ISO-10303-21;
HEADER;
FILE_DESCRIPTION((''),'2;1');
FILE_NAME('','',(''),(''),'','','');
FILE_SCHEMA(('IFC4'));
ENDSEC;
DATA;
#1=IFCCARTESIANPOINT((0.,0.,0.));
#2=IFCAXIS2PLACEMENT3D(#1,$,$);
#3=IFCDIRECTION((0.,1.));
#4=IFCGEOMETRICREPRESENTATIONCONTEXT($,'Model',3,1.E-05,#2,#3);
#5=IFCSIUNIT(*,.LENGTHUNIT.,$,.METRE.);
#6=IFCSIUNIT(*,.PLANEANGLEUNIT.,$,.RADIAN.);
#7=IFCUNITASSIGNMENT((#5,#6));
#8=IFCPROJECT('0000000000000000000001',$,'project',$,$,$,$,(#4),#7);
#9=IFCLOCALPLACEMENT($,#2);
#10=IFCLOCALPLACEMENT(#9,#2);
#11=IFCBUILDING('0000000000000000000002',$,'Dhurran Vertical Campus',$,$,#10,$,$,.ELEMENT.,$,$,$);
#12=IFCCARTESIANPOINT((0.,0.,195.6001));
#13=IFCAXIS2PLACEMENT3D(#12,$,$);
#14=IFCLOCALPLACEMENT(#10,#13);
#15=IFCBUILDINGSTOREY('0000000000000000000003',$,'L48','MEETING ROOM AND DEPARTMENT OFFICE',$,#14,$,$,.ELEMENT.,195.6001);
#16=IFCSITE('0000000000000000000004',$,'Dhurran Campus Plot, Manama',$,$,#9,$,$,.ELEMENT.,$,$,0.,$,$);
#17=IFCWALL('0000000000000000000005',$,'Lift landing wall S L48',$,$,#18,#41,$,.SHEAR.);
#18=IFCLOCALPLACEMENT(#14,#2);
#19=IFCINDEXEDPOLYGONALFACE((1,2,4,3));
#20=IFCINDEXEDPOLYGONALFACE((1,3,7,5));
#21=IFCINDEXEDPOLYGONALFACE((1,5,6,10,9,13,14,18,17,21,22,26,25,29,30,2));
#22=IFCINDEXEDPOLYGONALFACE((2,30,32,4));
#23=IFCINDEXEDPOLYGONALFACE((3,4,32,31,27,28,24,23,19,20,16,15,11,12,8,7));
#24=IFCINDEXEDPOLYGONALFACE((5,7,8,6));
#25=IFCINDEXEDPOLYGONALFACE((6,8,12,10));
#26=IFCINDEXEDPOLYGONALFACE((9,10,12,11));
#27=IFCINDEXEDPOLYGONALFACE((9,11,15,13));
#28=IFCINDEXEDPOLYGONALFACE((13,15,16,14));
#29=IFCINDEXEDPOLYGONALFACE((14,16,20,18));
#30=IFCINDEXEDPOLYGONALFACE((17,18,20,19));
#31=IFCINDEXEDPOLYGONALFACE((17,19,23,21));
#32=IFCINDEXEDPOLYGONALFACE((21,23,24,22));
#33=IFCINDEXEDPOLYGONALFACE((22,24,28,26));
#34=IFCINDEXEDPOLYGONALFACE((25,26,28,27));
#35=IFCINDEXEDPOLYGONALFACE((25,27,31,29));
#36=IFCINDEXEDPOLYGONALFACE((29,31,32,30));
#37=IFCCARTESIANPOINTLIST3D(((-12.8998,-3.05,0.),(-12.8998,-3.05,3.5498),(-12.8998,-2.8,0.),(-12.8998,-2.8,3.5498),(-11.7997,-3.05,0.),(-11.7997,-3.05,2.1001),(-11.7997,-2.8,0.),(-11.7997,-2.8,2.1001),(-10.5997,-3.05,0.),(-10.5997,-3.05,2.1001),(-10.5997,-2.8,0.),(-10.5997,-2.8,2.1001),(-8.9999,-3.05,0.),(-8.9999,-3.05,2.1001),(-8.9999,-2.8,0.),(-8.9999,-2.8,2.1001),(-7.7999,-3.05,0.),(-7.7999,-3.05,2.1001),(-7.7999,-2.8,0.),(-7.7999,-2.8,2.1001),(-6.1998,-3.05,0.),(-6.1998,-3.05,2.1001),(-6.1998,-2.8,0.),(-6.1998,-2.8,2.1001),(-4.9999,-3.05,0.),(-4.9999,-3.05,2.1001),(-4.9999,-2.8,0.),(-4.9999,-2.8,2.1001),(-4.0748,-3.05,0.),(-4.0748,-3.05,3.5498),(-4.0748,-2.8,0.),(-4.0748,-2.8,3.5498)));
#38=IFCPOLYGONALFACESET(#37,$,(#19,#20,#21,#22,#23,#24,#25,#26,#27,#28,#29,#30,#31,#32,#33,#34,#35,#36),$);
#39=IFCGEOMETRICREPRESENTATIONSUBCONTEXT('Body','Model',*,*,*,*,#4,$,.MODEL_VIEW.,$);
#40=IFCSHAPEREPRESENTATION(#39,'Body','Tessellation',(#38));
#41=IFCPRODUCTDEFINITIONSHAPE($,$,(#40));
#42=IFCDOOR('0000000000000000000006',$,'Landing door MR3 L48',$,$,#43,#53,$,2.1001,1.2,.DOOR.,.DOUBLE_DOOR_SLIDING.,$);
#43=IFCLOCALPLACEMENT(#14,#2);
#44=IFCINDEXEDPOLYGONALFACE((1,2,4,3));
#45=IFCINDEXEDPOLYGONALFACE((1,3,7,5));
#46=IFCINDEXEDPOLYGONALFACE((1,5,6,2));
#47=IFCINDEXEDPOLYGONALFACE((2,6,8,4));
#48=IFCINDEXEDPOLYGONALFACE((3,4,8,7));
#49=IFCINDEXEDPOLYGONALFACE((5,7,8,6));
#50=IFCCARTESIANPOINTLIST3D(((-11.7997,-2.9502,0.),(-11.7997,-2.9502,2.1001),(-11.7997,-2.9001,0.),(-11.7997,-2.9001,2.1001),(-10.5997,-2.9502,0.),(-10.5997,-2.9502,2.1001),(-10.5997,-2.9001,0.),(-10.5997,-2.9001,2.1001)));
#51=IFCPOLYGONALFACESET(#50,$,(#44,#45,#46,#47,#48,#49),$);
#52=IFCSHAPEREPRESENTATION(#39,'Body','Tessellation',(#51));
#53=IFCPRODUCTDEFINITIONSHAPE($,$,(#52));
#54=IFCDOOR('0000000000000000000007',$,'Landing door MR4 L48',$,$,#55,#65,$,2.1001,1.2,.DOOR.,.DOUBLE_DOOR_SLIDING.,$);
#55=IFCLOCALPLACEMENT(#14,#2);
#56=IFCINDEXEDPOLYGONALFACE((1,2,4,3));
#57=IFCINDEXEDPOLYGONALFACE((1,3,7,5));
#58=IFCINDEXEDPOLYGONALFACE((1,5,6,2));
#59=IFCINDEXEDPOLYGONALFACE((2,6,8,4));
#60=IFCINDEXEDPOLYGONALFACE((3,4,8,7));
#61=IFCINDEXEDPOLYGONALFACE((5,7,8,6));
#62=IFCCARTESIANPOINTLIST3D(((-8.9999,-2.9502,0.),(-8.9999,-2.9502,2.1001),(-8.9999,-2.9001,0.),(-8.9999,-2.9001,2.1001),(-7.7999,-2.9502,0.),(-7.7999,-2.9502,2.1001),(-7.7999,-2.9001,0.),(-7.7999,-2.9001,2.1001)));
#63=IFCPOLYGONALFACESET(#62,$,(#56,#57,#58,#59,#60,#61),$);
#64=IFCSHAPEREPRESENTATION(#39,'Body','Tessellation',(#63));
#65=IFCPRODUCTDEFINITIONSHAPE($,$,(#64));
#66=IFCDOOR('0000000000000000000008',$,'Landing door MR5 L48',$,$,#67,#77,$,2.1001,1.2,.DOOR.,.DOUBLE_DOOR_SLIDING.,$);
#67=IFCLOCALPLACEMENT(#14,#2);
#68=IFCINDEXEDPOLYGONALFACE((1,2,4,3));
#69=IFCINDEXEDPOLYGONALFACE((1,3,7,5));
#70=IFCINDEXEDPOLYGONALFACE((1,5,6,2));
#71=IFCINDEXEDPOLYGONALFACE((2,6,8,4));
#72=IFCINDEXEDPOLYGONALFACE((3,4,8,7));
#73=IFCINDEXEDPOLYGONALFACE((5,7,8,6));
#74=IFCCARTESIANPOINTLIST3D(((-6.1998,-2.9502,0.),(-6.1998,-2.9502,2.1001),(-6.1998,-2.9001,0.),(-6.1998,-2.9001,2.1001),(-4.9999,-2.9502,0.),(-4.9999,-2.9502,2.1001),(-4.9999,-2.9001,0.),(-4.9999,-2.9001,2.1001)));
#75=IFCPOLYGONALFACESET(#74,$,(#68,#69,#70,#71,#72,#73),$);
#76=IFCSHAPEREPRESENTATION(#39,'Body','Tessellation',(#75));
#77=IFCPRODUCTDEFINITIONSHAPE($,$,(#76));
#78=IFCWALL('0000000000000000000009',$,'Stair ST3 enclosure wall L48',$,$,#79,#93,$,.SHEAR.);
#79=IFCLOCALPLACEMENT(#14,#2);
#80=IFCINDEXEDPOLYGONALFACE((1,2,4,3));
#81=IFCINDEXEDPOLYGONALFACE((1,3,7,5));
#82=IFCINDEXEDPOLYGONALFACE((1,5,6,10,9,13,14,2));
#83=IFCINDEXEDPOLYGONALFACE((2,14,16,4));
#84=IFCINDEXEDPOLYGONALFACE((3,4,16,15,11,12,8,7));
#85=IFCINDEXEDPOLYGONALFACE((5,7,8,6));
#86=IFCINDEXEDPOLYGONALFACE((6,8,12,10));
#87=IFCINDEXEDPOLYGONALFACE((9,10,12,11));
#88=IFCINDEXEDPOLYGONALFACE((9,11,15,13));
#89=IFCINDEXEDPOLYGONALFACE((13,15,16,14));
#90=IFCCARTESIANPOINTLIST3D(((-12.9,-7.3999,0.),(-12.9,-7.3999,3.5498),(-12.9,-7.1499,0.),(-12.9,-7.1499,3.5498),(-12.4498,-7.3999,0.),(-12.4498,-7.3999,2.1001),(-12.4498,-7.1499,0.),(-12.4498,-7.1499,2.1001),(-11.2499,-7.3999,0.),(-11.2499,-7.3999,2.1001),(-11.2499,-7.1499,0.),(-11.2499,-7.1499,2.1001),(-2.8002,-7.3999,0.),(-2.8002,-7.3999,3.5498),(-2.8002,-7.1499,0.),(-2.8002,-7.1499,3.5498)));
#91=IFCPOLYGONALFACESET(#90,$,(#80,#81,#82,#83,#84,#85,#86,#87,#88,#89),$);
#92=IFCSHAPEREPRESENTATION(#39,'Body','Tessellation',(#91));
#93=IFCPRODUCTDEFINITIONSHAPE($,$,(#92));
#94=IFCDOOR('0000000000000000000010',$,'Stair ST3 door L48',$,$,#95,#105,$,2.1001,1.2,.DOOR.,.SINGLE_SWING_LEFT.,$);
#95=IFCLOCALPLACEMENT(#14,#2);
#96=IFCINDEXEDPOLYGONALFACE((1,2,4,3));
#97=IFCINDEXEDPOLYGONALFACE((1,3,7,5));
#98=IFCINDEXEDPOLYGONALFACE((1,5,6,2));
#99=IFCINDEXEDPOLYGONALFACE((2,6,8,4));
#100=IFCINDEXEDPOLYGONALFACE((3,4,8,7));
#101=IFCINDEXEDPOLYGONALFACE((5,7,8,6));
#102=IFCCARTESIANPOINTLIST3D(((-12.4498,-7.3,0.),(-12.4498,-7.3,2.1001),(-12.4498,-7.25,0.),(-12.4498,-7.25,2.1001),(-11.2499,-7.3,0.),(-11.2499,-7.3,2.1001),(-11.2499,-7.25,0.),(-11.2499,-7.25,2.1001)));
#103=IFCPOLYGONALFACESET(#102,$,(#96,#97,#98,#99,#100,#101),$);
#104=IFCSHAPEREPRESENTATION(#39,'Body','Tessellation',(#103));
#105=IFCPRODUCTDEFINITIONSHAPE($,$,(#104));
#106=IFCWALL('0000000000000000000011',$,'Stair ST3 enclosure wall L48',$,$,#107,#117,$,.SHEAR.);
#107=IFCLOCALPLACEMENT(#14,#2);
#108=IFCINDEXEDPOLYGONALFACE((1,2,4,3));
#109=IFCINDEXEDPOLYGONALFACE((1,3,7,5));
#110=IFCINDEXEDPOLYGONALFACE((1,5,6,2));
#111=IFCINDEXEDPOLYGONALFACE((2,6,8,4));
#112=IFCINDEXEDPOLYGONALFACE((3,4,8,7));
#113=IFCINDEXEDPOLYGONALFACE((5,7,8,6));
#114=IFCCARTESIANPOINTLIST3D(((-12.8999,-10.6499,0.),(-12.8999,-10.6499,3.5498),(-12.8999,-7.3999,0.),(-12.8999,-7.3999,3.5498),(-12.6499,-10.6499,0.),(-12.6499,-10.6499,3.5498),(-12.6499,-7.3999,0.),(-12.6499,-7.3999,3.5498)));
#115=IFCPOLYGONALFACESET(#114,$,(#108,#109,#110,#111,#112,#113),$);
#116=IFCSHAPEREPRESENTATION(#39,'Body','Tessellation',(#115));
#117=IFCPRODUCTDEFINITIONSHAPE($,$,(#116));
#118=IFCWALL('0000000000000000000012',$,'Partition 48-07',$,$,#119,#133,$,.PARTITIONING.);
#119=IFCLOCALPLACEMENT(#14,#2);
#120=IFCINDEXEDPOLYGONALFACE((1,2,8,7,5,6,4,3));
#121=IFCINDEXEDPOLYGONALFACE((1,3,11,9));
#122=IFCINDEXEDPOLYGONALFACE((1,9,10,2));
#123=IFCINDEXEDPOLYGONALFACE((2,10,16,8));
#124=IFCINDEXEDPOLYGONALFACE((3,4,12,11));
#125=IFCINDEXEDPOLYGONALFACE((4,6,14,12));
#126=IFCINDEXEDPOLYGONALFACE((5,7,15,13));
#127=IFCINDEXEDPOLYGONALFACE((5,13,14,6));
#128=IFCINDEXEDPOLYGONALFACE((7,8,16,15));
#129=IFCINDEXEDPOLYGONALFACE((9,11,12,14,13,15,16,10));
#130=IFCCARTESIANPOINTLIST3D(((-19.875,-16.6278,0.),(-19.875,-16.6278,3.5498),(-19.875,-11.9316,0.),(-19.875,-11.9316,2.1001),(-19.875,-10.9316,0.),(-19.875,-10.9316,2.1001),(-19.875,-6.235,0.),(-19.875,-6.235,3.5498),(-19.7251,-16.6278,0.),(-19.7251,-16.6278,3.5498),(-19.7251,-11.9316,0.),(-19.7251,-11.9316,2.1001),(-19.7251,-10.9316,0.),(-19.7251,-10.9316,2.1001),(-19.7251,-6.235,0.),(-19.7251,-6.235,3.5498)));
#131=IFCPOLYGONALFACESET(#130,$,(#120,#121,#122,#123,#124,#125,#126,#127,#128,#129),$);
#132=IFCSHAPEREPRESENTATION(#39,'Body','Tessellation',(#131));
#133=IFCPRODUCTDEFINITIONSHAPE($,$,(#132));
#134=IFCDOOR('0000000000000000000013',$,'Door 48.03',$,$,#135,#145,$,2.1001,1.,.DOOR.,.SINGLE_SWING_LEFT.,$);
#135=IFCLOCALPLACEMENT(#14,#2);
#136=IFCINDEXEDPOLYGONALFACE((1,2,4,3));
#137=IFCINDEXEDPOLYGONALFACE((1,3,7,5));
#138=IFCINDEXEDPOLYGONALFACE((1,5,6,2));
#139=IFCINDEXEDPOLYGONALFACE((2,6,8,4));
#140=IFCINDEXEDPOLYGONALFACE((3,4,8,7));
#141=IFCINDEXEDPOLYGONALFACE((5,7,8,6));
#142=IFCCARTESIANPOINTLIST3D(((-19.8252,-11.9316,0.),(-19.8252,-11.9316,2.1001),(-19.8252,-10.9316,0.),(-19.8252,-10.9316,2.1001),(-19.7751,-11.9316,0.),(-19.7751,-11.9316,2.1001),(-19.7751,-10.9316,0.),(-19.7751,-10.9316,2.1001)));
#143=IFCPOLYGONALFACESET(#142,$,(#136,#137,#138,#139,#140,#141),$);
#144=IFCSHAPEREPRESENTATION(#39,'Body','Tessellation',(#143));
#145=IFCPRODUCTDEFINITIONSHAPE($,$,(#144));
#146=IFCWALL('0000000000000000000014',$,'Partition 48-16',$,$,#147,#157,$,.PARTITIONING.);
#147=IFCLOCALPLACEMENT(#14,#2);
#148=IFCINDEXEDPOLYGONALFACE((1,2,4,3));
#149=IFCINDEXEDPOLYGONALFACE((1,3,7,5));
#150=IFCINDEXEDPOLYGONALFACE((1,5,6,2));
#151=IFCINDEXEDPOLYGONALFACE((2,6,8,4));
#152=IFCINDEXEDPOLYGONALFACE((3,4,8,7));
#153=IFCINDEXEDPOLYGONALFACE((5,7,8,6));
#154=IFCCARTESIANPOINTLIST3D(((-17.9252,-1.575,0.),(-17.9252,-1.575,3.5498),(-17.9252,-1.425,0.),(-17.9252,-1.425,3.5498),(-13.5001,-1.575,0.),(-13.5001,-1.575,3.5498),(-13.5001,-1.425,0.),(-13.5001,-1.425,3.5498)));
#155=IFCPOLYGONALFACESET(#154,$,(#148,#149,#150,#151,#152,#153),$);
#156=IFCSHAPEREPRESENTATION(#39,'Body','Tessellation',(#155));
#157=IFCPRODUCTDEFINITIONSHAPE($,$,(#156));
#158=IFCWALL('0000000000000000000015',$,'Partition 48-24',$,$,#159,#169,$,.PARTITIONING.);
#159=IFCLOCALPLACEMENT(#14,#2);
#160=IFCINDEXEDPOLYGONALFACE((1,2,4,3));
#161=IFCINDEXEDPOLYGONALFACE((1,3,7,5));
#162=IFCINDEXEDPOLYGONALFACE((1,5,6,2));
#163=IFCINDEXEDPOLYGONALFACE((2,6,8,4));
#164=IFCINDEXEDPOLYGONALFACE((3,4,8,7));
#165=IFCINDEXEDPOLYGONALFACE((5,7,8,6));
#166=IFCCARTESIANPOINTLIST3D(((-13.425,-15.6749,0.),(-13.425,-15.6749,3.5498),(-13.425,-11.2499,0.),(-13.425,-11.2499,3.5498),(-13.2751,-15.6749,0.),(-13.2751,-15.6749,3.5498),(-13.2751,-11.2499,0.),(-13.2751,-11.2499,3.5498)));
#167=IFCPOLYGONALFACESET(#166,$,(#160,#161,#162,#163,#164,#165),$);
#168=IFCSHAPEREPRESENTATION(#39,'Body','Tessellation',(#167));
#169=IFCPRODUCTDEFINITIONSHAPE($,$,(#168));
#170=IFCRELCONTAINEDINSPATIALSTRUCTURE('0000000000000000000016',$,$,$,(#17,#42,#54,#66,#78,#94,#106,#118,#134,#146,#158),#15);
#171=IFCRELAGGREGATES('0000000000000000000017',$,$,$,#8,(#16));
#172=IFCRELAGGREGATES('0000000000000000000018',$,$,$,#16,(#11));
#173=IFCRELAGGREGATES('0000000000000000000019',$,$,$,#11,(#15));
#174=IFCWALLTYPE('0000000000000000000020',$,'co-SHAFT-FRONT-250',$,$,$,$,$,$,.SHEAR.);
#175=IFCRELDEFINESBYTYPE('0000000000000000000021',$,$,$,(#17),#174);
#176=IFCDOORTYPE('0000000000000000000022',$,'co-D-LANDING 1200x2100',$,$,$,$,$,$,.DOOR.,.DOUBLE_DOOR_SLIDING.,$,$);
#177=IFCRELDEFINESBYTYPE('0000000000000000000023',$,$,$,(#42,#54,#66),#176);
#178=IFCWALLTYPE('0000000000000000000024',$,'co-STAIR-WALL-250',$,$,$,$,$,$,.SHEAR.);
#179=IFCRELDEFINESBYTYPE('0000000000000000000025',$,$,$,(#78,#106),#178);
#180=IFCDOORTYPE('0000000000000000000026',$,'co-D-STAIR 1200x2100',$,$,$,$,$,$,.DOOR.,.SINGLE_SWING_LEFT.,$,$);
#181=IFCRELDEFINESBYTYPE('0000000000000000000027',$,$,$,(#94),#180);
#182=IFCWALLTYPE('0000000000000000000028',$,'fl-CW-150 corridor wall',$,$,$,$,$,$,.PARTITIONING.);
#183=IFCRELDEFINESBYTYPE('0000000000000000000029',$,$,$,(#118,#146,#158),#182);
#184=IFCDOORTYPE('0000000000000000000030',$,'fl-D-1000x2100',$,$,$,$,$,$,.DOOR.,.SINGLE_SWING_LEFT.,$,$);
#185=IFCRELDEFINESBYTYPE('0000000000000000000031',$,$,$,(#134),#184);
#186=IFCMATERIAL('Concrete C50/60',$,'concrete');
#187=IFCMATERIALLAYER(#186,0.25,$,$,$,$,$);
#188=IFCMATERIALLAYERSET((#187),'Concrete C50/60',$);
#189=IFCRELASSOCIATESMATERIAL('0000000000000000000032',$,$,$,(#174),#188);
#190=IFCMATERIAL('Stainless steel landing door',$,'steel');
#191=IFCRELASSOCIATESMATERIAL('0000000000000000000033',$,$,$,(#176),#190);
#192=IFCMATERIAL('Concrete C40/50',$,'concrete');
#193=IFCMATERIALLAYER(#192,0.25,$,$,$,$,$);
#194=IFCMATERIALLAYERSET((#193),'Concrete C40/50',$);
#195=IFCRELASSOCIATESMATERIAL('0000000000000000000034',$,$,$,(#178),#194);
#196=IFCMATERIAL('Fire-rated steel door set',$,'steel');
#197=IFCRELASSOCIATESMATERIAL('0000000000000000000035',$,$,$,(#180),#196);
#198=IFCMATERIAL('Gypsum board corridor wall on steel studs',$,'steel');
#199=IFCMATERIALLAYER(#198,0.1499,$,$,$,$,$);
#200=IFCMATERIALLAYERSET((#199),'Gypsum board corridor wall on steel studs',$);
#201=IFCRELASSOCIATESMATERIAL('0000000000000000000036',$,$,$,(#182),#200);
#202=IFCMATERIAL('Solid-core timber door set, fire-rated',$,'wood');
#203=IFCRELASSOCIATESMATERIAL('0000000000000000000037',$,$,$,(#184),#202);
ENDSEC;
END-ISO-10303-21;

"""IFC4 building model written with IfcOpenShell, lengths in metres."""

from ifc_helpers import new_model, si_unit, direction, frame, frame_2d, origin, place, context, subcontext, project, spatial, rectangle, extrude, material, layer, layer_set, type_object, element, fill, save


model = new_model("IFC4")

# Units and contexts
model_context = context("Model", 3, precision=1e-05, world=origin(), true_north=direction((0.0, 1.0)))
body_context = subcontext(model_context, "Body", "Model", "MODEL_VIEW")
ifc_project = project(units=[si_unit("LENGTHUNIT", "METRE"), si_unit("PLANEANGLEUNIT", "RADIAN")], contexts=[model_context])

# Site, building, storey
site_placement = place(None, origin())
site = spatial("IfcSite", under=ifc_project, at=site_placement, Name="Dhurran Campus Plot, Manama", CompositionType="ELEMENT", RefElevation=0.0)
building_placement = place(site_placement, origin())
building = spatial("IfcBuilding", under=site, at=building_placement, Name="Dhurran Vertical Campus", CompositionType="ELEMENT")
storey_placement = place(building_placement, frame((0.0, 0.0, 195.6001)))
storey = spatial("IfcBuildingStorey", under=building, at=storey_placement, Name="L48", Description="MEETING ROOM AND DEPARTMENT OFFICE", CompositionType="ELEMENT", Elevation=195.6001)

# Wall, openings, doors
ifc_material_1 = material(Name="Concrete C50/60", Category="concrete")
ifc_layer_1 = layer(ifc_material_1, 0.25)
ifc_layer_set_1 = layer_set([ifc_layer_1], Name="Concrete C50/60")
wall_type_1 = type_object("IfcWallType", Name="co-SHAFT-FRONT-250", PredefinedType="SHEAR", material=ifc_layer_set_1)
wall_1_placement = place(storey_placement, frame((-12.8999, -2.925, 0.0), z_axis=(0.0, 0.0, 1.0), x_axis=(1.0, 0.0, 0.0)))
wall_1 = element("IfcWall", 1, at=wall_1_placement, inside=storey, type_object=wall_type_1, Name="Lift landing wall S L48", PredefinedType="SHEAR", context=body_context, shape_type="SweptSolid", body=[
    extrude(rectangle(XDim=8.825, YDim=0.25, at=frame_2d((4.4126, 0.0))), origin(), (0.0, 0.0, 1.0), 3.5498),
])
opening_1_placement = place(wall_1_placement, frame((1.1001, 0.0, 0.0)))
opening_1 = element("IfcOpeningElement", 2, at=opening_1_placement, cuts=wall_1, PredefinedType="OPENING", context=body_context, shape_type="SweptSolid", body=[
    extrude(rectangle(XDim=1.2, YDim=2.1001, at=frame_2d((0.6001, 1.05))), frame((0.0, 0.135, 0.0), z_axis=(0.0, -1.0, 0.0), x_axis=(1.0, 0.0, 0.0)), (0.0, 0.0, 1.0), 0.27),
])
opening_2_placement = place(wall_1_placement, frame((3.8999, 0.0, 0.0)))
opening_2 = element("IfcOpeningElement", 3, at=opening_2_placement, cuts=wall_1, PredefinedType="OPENING", context=body_context, shape_type="SweptSolid", body=[
    extrude(rectangle(XDim=1.2, YDim=2.1001, at=frame_2d((0.6001, 1.05))), frame((0.0, 0.135, 0.0), z_axis=(0.0, -1.0, 0.0), x_axis=(1.0, 0.0, 0.0)), (0.0, 0.0, 1.0), 0.27),
])
opening_3_placement = place(wall_1_placement, frame((6.7, 0.0, 0.0)))
opening_3 = element("IfcOpeningElement", 4, at=opening_3_placement, cuts=wall_1, PredefinedType="OPENING", context=body_context, shape_type="SweptSolid", body=[
    extrude(rectangle(XDim=1.2, YDim=2.1001, at=frame_2d((0.6001, 1.05))), frame((0.0, 0.135, 0.0), z_axis=(0.0, -1.0, 0.0), x_axis=(1.0, 0.0, 0.0)), (0.0, 0.0, 1.0), 0.27),
])
ifc_material_2 = material(Name="Stainless steel landing door", Category="steel")
door_type_1 = type_object("IfcDoorType", Name="co-D-LANDING 1200x2100", OperationType="DOUBLE_DOOR_SLIDING", PredefinedType="DOOR", material=ifc_material_2)
door_1_placement = place(opening_1_placement, origin())
door_1 = element("IfcDoor", 5, at=door_1_placement, inside=storey, type_object=door_type_1, Name="Landing door MR3 L48", OperationType="DOUBLE_DOOR_SLIDING", OverallHeight=2.1001, OverallWidth=1.2, PredefinedType="DOOR", context=body_context, shape_type="SweptSolid", body=[
    extrude(rectangle(XDim=1.2, YDim=2.1001, at=frame_2d((0.6001, 1.05))), frame((0.0, 0.0249, 0.0), z_axis=(0.0, -1.0, 0.0), x_axis=(1.0, 0.0, 0.0)), (0.0, 0.0, 1.0), 0.05),
])
fill(opening_1, door_1)
door_2_placement = place(opening_2_placement, origin())
door_2 = element("IfcDoor", 6, at=door_2_placement, inside=storey, type_object=door_type_1, Name="Landing door MR4 L48", OperationType="DOUBLE_DOOR_SLIDING", OverallHeight=2.1001, OverallWidth=1.2, PredefinedType="DOOR", context=body_context, shape_type="SweptSolid", body=[
    extrude(rectangle(XDim=1.2, YDim=2.1001, at=frame_2d((0.6001, 1.05))), frame((0.0, 0.0249, 0.0), z_axis=(0.0, -1.0, 0.0), x_axis=(1.0, 0.0, 0.0)), (0.0, 0.0, 1.0), 0.05),
])
fill(opening_2, door_2)
door_3_placement = place(opening_3_placement, origin())
door_3 = element("IfcDoor", 7, at=door_3_placement, inside=storey, type_object=door_type_1, Name="Landing door MR5 L48", OperationType="DOUBLE_DOOR_SLIDING", OverallHeight=2.1001, OverallWidth=1.2, PredefinedType="DOOR", context=body_context, shape_type="SweptSolid", body=[
    extrude(rectangle(XDim=1.2, YDim=2.1001, at=frame_2d((0.6001, 1.05))), frame((0.0, 0.0249, 0.0), z_axis=(0.0, -1.0, 0.0), x_axis=(1.0, 0.0, 0.0)), (0.0, 0.0, 1.0), 0.05),
])
fill(opening_3, door_3)

# Wall, opening, door
ifc_material_3 = material(Name="Concrete C40/50", Category="concrete")
ifc_layer_2 = layer(ifc_material_3, 0.25)
ifc_layer_set_2 = layer_set([ifc_layer_2], Name="Concrete C40/50")
wall_type_2 = type_object("IfcWallType", Name="co-STAIR-WALL-250", PredefinedType="SHEAR", material=ifc_layer_set_2)
wall_2_placement = place(storey_placement, frame((-12.8999, -7.2749, 0.0), z_axis=(0.0, 0.0, 1.0), x_axis=(1.0, 0.0, 0.0)))
wall_2 = element("IfcWall", 8, at=wall_2_placement, inside=storey, type_object=wall_type_2, Name="Stair ST3 enclosure wall L48", PredefinedType="SHEAR", context=body_context, shape_type="SweptSolid", body=[
    extrude(rectangle(XDim=10.0999, YDim=0.25, at=frame_2d((5.0498, 0.0))), origin(), (0.0, 0.0, 1.0), 3.5498),
])
opening_4_placement = place(wall_2_placement, frame((0.45, 0.0, 0.0)))
opening_4 = element("IfcOpeningElement", 9, at=opening_4_placement, cuts=wall_2, PredefinedType="OPENING", context=body_context, shape_type="SweptSolid", body=[
    extrude(rectangle(XDim=1.2, YDim=2.1001, at=frame_2d((0.6001, 1.05))), frame((0.0, 0.135, 0.0), z_axis=(0.0, -1.0, 0.0), x_axis=(1.0, 0.0, 0.0)), (0.0, 0.0, 1.0), 0.27),
])
ifc_material_4 = material(Name="Fire-rated steel door set", Category="steel")
door_type_2 = type_object("IfcDoorType", Name="co-D-STAIR 1200x2100", OperationType="SINGLE_SWING_LEFT", PredefinedType="DOOR", material=ifc_material_4)
door_4_placement = place(opening_4_placement, origin())
door_4 = element("IfcDoor", 10, at=door_4_placement, inside=storey, type_object=door_type_2, Name="Stair ST3 door L48", OperationType="SINGLE_SWING_LEFT", OverallHeight=2.1001, OverallWidth=1.2, PredefinedType="DOOR", context=body_context, shape_type="SweptSolid", body=[
    extrude(rectangle(XDim=1.2, YDim=2.1001, at=frame_2d((0.6001, 1.05))), frame((0.0, 0.0249, 0.0), z_axis=(0.0, -1.0, 0.0), x_axis=(1.0, 0.0, 0.0)), (0.0, 0.0, 1.0), 0.05),
])
fill(opening_4, door_4)

# Wall
wall_3_placement = place(storey_placement, frame((-12.7749, -10.6499, 0.0), z_axis=(0.0, 0.0, 1.0), x_axis=(0.0, 1.0, 0.0)))
element("IfcWall", 11, at=wall_3_placement, inside=storey, type_object=wall_type_2, Name="Stair ST3 enclosure wall L48", PredefinedType="SHEAR", context=body_context, shape_type="SweptSolid", body=[
    extrude(rectangle(XDim=3.25, YDim=0.25, at=frame_2d((1.625, 0.0))), origin(), (0.0, 0.0, 1.0), 3.5498),
])

# Wall, opening, door
ifc_material_5 = material(Name="Gypsum board corridor wall on steel studs", Category="steel")
ifc_layer_3 = layer(ifc_material_5, 0.1499)
ifc_layer_set_3 = layer_set([ifc_layer_3], Name="Gypsum board corridor wall on steel studs")
wall_type_3 = type_object("IfcWallType", Name="fl-CW-150 corridor wall", PredefinedType="PARTITIONING", material=ifc_layer_set_3)
wall_4_placement = place(storey_placement, frame((-19.8, -6.2351, 0.0), z_axis=(0.0, 0.0, 1.0), x_axis=(0.0, -1.0, 0.0)))
wall_4 = element("IfcWall", 12, at=wall_4_placement, inside=storey, type_object=wall_type_3, Name="Partition 48-07", PredefinedType="PARTITIONING", context=body_context, shape_type="SweptSolid", body=[
    extrude(rectangle(XDim=10.3928, YDim=0.1499, at=frame_2d((5.1963, 0.0))), origin(), (0.0, 0.0, 1.0), 3.5498),
])
opening_5_placement = place(wall_4_placement, frame((4.6965, 0.0, 0.0)))
opening_5 = element("IfcOpeningElement", 13, at=opening_5_placement, cuts=wall_4, PredefinedType="OPENING", context=body_context, shape_type="SweptSolid", body=[
    extrude(rectangle(XDim=1.0, YDim=2.1001, at=frame_2d((0.5, 1.05))), frame((0.0, 0.085, 0.0), z_axis=(0.0, -1.0, 0.0), x_axis=(1.0, 0.0, 0.0)), (0.0, 0.0, 1.0), 0.1699),
])
ifc_material_6 = material(Name="Solid-core timber door set, fire-rated", Category="wood")
door_type_3 = type_object("IfcDoorType", Name="fl-D-1000x2100", OperationType="SINGLE_SWING_LEFT", PredefinedType="DOOR", material=ifc_material_6)
door_5_placement = place(opening_5_placement, origin())
door_5 = element("IfcDoor", 14, at=door_5_placement, inside=storey, type_object=door_type_3, Name="Door 48.03", OperationType="SINGLE_SWING_LEFT", OverallHeight=2.1001, OverallWidth=1.0, PredefinedType="DOOR", context=body_context, shape_type="SweptSolid", body=[
    extrude(rectangle(XDim=1.0, YDim=2.1001, at=frame_2d((0.5, 1.05))), frame((0.0, 0.0249, 0.0), z_axis=(0.0, -1.0, 0.0), x_axis=(1.0, 0.0, 0.0)), (0.0, 0.0, 1.0), 0.05),
])
fill(opening_5, door_5)

# Walls
for number, where, z_axis, x_axis, name in (
    (15, (-17.925, -1.5, 0.0), (0.0, 0.0, 1.0), (1.0, 0.0, 0.0), "Partition 48-16"),
    (16, (-13.3501, -11.25, 0.0), (0.0, 0.0, 1.0), (0.0, -1.0, 0.0), "Partition 48-24"),
):
    element("IfcWall", number, at=place(storey_placement, frame(where, z_axis=z_axis, x_axis=x_axis)), inside=storey, type_object=wall_type_3, Name=name, PredefinedType="PARTITIONING", context=body_context, shape_type="SweptSolid", body=[
        extrude(rectangle(XDim=4.425, YDim=0.1499, at=frame_2d((2.2124, 0.0))), origin(), (0.0, 0.0, 1.0), 3.5498),
    ])

save(model, "model.ifc")
